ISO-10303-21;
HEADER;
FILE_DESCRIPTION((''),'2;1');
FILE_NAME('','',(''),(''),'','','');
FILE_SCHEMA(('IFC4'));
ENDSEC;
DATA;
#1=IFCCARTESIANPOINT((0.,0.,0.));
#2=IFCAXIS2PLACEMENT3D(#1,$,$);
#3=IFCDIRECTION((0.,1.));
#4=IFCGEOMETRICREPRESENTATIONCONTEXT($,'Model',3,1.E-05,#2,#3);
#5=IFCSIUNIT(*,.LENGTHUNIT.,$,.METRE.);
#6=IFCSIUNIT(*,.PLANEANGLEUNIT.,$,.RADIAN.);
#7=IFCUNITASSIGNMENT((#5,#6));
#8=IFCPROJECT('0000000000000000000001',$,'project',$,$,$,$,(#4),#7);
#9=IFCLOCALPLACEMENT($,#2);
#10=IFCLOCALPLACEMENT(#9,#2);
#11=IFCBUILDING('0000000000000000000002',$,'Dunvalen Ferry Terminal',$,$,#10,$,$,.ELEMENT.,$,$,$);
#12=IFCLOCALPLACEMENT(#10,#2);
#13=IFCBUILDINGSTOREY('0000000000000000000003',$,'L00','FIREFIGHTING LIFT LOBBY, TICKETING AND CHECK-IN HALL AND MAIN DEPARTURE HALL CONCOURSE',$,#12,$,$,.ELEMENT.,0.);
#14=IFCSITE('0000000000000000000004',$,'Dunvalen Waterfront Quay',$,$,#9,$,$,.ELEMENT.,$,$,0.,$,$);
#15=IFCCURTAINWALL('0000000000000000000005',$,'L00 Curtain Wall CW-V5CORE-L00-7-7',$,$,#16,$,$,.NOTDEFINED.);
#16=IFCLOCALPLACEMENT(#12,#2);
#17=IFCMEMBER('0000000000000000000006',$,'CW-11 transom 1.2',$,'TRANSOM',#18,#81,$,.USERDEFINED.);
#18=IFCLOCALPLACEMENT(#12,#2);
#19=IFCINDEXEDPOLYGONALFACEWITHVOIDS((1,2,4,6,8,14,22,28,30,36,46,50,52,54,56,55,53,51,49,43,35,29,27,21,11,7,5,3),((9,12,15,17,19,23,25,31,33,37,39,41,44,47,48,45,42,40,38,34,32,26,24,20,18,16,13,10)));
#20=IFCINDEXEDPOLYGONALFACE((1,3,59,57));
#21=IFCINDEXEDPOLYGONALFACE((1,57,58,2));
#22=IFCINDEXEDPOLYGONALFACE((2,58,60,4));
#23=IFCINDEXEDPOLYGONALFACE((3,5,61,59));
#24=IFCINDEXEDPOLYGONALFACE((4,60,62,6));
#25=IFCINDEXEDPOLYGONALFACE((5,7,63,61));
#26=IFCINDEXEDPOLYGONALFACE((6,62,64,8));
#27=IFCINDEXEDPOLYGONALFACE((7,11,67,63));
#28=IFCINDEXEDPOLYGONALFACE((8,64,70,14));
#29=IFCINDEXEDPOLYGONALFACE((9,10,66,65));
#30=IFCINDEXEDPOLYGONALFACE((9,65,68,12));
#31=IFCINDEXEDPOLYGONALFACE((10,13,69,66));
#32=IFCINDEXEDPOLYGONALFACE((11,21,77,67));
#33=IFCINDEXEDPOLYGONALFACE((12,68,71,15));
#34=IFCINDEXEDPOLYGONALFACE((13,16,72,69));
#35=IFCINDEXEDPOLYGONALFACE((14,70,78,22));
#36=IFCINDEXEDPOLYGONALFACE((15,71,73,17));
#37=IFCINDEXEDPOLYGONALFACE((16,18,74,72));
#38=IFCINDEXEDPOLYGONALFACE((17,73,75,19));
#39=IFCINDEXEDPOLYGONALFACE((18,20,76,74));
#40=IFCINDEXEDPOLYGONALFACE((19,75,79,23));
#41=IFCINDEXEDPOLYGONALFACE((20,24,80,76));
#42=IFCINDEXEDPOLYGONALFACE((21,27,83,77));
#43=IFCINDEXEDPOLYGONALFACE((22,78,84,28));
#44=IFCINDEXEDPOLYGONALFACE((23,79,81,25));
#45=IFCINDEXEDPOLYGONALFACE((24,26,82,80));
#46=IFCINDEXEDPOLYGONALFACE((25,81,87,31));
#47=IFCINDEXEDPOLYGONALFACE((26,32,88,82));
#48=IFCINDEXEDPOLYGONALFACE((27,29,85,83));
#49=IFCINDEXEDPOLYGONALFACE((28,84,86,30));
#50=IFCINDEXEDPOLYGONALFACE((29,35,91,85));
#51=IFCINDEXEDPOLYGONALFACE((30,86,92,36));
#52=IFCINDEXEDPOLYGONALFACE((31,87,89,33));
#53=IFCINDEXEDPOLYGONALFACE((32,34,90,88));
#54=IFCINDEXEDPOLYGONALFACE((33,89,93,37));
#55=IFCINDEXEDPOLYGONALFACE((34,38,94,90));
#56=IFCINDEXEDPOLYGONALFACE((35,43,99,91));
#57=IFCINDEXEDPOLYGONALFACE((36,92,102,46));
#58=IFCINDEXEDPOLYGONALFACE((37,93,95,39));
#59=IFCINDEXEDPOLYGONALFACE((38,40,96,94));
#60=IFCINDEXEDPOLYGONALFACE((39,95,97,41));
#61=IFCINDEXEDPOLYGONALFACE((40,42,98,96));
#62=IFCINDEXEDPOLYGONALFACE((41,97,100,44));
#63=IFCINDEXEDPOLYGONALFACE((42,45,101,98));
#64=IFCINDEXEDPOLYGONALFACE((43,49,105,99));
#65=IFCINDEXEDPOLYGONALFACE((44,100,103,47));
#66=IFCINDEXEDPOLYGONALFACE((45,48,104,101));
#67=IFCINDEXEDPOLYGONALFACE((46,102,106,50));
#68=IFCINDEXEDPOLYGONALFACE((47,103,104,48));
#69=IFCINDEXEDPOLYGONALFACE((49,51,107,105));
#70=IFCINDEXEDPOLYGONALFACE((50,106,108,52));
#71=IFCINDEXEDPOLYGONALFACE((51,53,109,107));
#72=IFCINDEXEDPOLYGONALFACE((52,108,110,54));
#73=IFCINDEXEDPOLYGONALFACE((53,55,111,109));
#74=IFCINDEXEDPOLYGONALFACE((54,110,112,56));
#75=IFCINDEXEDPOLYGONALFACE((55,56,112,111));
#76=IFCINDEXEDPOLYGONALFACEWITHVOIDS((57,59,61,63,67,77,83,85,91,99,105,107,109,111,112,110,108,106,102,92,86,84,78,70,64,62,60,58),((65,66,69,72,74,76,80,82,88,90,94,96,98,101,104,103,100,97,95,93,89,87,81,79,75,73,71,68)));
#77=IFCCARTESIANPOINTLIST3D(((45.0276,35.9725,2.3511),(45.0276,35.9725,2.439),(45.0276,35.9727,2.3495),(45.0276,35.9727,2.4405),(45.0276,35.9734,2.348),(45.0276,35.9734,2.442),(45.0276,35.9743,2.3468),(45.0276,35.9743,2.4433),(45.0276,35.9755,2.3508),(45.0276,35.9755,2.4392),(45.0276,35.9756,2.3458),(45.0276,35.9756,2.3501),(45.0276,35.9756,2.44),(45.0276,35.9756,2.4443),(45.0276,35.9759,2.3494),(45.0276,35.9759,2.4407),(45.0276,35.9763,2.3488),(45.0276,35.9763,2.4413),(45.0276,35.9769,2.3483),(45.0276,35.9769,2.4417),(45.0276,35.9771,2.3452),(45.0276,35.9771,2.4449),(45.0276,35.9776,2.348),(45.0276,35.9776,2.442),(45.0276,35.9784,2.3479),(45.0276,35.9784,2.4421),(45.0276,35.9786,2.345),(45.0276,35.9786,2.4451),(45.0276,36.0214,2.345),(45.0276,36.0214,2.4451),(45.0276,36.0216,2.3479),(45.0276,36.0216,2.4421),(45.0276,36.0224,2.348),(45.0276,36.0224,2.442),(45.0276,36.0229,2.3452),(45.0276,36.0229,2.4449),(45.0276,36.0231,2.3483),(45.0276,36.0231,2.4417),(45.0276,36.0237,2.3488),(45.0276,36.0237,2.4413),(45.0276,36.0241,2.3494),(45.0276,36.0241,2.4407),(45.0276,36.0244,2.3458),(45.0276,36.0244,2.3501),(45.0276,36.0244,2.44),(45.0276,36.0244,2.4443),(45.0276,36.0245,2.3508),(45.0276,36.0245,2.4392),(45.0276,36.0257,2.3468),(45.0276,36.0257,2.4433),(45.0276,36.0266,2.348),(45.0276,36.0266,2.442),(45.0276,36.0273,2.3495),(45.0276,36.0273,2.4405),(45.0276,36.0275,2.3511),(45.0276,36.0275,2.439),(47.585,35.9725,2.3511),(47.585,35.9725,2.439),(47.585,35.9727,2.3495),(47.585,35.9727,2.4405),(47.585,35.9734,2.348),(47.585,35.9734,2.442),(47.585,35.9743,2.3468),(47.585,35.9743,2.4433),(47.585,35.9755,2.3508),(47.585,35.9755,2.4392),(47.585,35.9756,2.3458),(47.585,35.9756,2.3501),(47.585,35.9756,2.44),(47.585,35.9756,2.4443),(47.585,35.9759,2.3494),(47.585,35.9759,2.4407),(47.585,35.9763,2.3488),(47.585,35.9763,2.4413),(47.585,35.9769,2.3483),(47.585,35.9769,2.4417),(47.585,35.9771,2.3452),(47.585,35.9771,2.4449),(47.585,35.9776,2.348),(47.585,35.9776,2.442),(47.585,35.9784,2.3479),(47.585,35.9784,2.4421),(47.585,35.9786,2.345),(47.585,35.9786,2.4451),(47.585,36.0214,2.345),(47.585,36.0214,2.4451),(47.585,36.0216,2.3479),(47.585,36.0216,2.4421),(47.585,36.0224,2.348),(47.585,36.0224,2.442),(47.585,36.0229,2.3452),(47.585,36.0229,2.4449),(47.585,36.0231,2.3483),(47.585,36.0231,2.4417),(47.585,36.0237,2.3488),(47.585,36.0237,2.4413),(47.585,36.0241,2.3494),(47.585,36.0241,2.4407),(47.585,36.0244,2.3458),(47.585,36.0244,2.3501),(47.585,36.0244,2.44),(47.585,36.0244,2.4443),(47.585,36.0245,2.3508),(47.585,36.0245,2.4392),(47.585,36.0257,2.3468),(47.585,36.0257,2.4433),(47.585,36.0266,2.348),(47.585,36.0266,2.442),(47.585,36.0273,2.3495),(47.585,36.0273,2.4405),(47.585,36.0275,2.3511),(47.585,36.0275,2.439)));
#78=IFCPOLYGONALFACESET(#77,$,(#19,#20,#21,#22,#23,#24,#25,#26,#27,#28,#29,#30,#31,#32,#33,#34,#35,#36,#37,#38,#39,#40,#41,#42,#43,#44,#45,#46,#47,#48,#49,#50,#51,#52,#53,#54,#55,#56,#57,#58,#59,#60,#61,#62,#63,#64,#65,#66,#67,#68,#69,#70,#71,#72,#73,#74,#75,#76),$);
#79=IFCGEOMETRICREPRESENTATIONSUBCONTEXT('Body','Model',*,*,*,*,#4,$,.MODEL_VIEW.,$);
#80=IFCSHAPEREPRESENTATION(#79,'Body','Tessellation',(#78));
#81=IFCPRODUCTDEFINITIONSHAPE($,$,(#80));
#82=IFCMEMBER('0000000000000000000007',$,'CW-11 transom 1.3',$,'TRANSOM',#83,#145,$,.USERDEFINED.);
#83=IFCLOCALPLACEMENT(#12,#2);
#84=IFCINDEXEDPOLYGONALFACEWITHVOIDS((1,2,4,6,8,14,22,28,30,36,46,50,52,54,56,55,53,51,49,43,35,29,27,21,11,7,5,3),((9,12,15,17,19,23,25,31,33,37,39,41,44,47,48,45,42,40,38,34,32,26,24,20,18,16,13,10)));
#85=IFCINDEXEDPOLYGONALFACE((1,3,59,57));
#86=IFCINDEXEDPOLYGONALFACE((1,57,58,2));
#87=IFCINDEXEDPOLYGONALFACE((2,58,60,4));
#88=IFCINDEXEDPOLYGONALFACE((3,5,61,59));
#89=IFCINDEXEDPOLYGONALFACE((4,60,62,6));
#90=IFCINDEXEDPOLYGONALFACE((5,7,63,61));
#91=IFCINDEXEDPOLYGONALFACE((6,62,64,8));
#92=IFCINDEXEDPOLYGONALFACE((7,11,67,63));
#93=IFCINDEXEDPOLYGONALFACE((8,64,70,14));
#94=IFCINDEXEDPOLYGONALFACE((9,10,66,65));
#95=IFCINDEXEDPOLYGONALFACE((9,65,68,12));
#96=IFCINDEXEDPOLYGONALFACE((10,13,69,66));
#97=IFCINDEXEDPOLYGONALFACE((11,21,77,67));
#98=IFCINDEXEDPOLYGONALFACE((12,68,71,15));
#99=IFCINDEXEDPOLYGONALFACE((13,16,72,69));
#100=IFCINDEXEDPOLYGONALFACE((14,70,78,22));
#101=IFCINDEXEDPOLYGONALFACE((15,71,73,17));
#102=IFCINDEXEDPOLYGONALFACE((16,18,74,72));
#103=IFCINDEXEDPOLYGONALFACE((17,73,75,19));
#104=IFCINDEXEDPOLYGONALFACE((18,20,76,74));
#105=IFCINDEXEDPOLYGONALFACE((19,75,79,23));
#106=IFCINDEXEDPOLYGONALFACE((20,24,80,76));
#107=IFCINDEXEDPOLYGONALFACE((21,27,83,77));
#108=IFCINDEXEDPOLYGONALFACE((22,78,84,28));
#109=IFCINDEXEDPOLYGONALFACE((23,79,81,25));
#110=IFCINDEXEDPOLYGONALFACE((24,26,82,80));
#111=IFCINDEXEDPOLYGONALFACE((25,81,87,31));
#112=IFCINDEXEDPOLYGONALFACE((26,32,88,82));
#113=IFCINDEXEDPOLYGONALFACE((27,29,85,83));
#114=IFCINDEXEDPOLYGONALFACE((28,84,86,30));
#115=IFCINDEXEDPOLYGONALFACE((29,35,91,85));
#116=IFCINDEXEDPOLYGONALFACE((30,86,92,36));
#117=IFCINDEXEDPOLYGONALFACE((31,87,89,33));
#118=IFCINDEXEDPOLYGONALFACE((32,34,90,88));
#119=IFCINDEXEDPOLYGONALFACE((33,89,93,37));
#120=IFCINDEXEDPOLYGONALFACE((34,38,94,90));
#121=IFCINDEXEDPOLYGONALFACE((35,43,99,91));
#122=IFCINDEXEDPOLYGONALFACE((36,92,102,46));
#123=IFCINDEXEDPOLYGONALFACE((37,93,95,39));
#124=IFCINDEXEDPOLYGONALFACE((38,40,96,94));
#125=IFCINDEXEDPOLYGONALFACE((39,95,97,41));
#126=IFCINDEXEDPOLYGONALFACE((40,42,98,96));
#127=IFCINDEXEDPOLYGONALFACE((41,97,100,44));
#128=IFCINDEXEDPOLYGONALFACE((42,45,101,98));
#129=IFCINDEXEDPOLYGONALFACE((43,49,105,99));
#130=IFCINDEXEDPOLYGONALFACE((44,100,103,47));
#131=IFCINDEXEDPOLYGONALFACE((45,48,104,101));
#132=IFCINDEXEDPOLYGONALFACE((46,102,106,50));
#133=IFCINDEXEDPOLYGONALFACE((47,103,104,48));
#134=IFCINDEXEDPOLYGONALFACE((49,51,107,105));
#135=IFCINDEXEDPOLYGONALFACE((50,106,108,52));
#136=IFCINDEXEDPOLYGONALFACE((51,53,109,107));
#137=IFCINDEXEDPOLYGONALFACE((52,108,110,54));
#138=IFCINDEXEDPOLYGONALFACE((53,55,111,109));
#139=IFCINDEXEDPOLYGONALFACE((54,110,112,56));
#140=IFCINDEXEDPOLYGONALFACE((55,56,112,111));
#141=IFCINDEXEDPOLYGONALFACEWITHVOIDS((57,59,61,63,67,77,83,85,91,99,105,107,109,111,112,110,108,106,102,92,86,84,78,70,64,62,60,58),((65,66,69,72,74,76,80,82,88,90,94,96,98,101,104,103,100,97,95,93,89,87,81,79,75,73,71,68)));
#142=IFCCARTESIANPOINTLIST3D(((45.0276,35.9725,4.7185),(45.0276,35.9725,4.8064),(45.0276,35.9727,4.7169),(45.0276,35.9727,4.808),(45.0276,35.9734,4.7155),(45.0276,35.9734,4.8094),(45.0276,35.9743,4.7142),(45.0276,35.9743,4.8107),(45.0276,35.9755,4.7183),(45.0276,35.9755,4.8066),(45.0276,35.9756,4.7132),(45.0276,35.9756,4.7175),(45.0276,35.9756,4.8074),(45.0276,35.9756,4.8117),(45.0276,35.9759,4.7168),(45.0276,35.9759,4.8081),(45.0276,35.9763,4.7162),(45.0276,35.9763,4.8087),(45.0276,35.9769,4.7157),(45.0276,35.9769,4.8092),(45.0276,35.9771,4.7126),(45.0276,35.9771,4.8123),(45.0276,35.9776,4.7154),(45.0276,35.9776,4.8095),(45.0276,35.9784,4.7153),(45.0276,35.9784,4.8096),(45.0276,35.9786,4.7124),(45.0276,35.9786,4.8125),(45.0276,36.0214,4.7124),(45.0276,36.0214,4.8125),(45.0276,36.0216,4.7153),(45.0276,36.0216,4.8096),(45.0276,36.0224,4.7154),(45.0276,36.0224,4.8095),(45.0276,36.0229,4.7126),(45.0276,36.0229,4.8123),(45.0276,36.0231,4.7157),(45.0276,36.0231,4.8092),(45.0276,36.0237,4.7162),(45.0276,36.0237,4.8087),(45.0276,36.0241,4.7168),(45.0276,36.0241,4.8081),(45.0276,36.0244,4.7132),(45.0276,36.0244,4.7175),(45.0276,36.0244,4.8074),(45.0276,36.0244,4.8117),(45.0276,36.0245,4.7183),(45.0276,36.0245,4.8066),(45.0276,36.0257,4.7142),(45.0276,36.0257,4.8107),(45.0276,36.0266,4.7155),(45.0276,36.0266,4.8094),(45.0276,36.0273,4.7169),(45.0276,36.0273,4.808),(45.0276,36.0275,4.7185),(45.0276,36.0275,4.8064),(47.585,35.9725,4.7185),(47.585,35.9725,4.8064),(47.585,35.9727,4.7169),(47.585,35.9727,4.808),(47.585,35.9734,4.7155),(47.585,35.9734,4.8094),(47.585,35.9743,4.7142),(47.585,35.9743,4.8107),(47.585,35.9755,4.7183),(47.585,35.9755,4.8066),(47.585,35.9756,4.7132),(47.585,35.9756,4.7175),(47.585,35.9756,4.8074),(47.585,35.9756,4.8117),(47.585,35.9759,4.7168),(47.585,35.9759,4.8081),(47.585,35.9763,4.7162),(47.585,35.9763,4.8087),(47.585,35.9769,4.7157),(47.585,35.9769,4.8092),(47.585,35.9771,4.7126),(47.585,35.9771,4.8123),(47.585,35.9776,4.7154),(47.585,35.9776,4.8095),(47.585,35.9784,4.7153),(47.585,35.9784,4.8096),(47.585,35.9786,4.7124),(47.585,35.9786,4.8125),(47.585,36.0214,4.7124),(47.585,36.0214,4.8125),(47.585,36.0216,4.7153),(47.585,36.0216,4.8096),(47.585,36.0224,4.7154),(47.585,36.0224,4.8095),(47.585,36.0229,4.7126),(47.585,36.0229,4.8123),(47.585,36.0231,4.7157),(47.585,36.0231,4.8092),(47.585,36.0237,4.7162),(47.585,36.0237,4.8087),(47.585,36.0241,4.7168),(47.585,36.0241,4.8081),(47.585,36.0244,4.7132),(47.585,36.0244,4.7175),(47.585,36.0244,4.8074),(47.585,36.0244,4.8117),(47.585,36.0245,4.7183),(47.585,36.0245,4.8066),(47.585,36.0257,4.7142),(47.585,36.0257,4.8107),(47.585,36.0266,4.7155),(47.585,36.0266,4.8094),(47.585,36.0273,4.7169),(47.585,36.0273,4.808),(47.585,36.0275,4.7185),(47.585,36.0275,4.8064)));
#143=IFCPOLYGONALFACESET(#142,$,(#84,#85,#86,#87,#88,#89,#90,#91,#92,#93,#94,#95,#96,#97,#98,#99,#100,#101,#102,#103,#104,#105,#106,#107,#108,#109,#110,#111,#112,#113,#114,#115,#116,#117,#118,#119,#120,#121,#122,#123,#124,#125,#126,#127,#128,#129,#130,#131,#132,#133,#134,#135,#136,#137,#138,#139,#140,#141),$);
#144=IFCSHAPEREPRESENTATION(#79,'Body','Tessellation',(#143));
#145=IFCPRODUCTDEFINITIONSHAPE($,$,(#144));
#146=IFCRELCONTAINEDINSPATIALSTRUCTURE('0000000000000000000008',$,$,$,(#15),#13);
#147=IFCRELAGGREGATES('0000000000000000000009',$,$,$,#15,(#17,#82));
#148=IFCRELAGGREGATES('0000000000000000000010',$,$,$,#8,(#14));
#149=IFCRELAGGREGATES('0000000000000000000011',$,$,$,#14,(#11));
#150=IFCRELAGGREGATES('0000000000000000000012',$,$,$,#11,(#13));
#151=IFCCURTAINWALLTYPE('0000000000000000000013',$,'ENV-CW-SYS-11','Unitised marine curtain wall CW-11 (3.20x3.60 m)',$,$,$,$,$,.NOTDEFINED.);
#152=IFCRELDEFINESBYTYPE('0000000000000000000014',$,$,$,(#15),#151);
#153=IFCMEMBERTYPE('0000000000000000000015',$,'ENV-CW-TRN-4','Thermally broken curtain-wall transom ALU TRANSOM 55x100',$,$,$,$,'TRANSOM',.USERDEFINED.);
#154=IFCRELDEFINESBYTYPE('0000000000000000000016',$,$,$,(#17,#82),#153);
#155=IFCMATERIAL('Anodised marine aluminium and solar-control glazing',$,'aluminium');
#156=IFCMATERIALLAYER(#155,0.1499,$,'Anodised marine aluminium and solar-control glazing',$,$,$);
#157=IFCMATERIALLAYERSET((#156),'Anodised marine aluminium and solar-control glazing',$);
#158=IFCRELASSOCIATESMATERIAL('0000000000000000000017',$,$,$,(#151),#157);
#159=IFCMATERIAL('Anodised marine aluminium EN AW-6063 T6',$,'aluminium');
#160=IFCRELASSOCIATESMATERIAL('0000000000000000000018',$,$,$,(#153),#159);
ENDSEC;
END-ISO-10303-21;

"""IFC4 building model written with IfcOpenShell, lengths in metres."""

from ifc_helpers import new_model, si_unit, direction, frame, origin, origin_2d, place, context, subcontext, project, spatial, hollow_rectangle, extrude, material, layer, layer_set, material_profile, profile_set, type_object, element, aggregate, save


model = new_model("IFC4")

# Units and contexts
model_context = context("Model", 3, precision=1e-05, world=origin(), true_north=direction((0.0, 1.0)))
body_context = subcontext(model_context, "Body", "Model", "MODEL_VIEW")
ifc_project = project(units=[si_unit("LENGTHUNIT", "METRE"), si_unit("PLANEANGLEUNIT", "RADIAN")], contexts=[model_context])

# Site, building, storey
site_placement = place(None, origin())
site = spatial("IfcSite", under=ifc_project, at=site_placement, Name="Dunvalen Waterfront Quay", CompositionType="ELEMENT", RefElevation=0.0)
building_placement = place(site_placement, origin())
building = spatial("IfcBuilding", under=site, at=building_placement, Name="Dunvalen Ferry Terminal", CompositionType="ELEMENT")
storey_placement = place(building_placement, origin())
storey = spatial("IfcBuildingStorey", under=building, at=storey_placement, Name="L00", Description="FIREFIGHTING LIFT LOBBY, TICKETING AND CHECK-IN HALL AND MAIN DEPARTURE HALL CONCOURSE", CompositionType="ELEMENT", Elevation=0.0)

# Curtain wall, members
ifc_material_1 = material(Name="Anodised marine aluminium and solar-control glazing", Category="aluminium")
ifc_layer_1 = layer(ifc_material_1, 0.1499, Name="Anodised marine aluminium and solar-control glazing")
ifc_layer_set_1 = layer_set([ifc_layer_1], Name="Anodised marine aluminium and solar-control glazing")
curtain_wall_type = type_object("IfcCurtainWallType", Name="ENV-CW-SYS-11", Description="Unitised marine curtain wall CW-11 (3.20x3.60 m)", PredefinedType="NOTDEFINED", material=ifc_layer_set_1)
curtain_wall_placement = place(storey_placement, origin())
curtain_wall = element("IfcCurtainWall", 1, at=curtain_wall_placement, inside=storey, type_object=curtain_wall_type, Name="L00 Curtain Wall CW-V5CORE-L00-7-7", PredefinedType="NOTDEFINED")
ifc_material_2 = material(Name="Anodised marine aluminium EN AW-6063 T6", Category="aluminium")
ifc_material_profile_1 = material_profile(ifc_material_2, hollow_rectangle(XDim=0.0549, YDim=0.1001, WallThickness=0.0029, InnerFilletRadius=0.0029, OuterFilletRadius=0.0061, at=origin_2d()), Name="Anodised marine aluminium EN AW-6063 T6")
ifc_profile_set_1 = profile_set([ifc_material_profile_1], Name="Anodised marine aluminium EN AW-6063 T6")
member_type_1 = type_object("IfcMemberType", Name="ENV-CW-TRN-4", Description="Thermally broken curtain-wall transom ALU TRANSOM 55x100", ElementType="TRANSOM", PredefinedType="USERDEFINED", material=ifc_profile_set_1)
member_1_placement = place(storey_placement, frame((47.585, 36.0, 2.395), z_axis=(-1.0, 0.0, 0.0), x_axis=(0.0, -1.0, 0.0)))
member_1 = element("IfcMember", 2, at=member_1_placement, type_object=member_type_1, Name="CW-11 transom 1.2", ObjectType="TRANSOM", PredefinedType="USERDEFINED", context=body_context, shape_type="SweptSolid", body=[
    extrude(hollow_rectangle(XDim=0.0549, YDim=0.1001, WallThickness=0.0029, InnerFilletRadius=0.0029, OuterFilletRadius=0.0061, at=origin_2d()), origin(), (0.0, 0.0, 1.0), 2.5574),
])
member_2_placement = place(storey_placement, frame((47.585, 36.0, 4.7625), z_axis=(-1.0, 0.0, 0.0), x_axis=(0.0, -1.0, 0.0)))
member_2 = element("IfcMember", 3, at=member_2_placement, type_object=member_type_1, Name="CW-11 transom 1.3", ObjectType="TRANSOM", PredefinedType="USERDEFINED", context=body_context, shape_type="SweptSolid", body=[
    extrude(hollow_rectangle(XDim=0.0549, YDim=0.1001, WallThickness=0.0029, InnerFilletRadius=0.0029, OuterFilletRadius=0.0061, at=origin_2d()), origin(), (0.0, 0.0, 1.0), 2.5574),
])

aggregate(curtain_wall, [member_1, member_2])

save(model, "model.ifc")
